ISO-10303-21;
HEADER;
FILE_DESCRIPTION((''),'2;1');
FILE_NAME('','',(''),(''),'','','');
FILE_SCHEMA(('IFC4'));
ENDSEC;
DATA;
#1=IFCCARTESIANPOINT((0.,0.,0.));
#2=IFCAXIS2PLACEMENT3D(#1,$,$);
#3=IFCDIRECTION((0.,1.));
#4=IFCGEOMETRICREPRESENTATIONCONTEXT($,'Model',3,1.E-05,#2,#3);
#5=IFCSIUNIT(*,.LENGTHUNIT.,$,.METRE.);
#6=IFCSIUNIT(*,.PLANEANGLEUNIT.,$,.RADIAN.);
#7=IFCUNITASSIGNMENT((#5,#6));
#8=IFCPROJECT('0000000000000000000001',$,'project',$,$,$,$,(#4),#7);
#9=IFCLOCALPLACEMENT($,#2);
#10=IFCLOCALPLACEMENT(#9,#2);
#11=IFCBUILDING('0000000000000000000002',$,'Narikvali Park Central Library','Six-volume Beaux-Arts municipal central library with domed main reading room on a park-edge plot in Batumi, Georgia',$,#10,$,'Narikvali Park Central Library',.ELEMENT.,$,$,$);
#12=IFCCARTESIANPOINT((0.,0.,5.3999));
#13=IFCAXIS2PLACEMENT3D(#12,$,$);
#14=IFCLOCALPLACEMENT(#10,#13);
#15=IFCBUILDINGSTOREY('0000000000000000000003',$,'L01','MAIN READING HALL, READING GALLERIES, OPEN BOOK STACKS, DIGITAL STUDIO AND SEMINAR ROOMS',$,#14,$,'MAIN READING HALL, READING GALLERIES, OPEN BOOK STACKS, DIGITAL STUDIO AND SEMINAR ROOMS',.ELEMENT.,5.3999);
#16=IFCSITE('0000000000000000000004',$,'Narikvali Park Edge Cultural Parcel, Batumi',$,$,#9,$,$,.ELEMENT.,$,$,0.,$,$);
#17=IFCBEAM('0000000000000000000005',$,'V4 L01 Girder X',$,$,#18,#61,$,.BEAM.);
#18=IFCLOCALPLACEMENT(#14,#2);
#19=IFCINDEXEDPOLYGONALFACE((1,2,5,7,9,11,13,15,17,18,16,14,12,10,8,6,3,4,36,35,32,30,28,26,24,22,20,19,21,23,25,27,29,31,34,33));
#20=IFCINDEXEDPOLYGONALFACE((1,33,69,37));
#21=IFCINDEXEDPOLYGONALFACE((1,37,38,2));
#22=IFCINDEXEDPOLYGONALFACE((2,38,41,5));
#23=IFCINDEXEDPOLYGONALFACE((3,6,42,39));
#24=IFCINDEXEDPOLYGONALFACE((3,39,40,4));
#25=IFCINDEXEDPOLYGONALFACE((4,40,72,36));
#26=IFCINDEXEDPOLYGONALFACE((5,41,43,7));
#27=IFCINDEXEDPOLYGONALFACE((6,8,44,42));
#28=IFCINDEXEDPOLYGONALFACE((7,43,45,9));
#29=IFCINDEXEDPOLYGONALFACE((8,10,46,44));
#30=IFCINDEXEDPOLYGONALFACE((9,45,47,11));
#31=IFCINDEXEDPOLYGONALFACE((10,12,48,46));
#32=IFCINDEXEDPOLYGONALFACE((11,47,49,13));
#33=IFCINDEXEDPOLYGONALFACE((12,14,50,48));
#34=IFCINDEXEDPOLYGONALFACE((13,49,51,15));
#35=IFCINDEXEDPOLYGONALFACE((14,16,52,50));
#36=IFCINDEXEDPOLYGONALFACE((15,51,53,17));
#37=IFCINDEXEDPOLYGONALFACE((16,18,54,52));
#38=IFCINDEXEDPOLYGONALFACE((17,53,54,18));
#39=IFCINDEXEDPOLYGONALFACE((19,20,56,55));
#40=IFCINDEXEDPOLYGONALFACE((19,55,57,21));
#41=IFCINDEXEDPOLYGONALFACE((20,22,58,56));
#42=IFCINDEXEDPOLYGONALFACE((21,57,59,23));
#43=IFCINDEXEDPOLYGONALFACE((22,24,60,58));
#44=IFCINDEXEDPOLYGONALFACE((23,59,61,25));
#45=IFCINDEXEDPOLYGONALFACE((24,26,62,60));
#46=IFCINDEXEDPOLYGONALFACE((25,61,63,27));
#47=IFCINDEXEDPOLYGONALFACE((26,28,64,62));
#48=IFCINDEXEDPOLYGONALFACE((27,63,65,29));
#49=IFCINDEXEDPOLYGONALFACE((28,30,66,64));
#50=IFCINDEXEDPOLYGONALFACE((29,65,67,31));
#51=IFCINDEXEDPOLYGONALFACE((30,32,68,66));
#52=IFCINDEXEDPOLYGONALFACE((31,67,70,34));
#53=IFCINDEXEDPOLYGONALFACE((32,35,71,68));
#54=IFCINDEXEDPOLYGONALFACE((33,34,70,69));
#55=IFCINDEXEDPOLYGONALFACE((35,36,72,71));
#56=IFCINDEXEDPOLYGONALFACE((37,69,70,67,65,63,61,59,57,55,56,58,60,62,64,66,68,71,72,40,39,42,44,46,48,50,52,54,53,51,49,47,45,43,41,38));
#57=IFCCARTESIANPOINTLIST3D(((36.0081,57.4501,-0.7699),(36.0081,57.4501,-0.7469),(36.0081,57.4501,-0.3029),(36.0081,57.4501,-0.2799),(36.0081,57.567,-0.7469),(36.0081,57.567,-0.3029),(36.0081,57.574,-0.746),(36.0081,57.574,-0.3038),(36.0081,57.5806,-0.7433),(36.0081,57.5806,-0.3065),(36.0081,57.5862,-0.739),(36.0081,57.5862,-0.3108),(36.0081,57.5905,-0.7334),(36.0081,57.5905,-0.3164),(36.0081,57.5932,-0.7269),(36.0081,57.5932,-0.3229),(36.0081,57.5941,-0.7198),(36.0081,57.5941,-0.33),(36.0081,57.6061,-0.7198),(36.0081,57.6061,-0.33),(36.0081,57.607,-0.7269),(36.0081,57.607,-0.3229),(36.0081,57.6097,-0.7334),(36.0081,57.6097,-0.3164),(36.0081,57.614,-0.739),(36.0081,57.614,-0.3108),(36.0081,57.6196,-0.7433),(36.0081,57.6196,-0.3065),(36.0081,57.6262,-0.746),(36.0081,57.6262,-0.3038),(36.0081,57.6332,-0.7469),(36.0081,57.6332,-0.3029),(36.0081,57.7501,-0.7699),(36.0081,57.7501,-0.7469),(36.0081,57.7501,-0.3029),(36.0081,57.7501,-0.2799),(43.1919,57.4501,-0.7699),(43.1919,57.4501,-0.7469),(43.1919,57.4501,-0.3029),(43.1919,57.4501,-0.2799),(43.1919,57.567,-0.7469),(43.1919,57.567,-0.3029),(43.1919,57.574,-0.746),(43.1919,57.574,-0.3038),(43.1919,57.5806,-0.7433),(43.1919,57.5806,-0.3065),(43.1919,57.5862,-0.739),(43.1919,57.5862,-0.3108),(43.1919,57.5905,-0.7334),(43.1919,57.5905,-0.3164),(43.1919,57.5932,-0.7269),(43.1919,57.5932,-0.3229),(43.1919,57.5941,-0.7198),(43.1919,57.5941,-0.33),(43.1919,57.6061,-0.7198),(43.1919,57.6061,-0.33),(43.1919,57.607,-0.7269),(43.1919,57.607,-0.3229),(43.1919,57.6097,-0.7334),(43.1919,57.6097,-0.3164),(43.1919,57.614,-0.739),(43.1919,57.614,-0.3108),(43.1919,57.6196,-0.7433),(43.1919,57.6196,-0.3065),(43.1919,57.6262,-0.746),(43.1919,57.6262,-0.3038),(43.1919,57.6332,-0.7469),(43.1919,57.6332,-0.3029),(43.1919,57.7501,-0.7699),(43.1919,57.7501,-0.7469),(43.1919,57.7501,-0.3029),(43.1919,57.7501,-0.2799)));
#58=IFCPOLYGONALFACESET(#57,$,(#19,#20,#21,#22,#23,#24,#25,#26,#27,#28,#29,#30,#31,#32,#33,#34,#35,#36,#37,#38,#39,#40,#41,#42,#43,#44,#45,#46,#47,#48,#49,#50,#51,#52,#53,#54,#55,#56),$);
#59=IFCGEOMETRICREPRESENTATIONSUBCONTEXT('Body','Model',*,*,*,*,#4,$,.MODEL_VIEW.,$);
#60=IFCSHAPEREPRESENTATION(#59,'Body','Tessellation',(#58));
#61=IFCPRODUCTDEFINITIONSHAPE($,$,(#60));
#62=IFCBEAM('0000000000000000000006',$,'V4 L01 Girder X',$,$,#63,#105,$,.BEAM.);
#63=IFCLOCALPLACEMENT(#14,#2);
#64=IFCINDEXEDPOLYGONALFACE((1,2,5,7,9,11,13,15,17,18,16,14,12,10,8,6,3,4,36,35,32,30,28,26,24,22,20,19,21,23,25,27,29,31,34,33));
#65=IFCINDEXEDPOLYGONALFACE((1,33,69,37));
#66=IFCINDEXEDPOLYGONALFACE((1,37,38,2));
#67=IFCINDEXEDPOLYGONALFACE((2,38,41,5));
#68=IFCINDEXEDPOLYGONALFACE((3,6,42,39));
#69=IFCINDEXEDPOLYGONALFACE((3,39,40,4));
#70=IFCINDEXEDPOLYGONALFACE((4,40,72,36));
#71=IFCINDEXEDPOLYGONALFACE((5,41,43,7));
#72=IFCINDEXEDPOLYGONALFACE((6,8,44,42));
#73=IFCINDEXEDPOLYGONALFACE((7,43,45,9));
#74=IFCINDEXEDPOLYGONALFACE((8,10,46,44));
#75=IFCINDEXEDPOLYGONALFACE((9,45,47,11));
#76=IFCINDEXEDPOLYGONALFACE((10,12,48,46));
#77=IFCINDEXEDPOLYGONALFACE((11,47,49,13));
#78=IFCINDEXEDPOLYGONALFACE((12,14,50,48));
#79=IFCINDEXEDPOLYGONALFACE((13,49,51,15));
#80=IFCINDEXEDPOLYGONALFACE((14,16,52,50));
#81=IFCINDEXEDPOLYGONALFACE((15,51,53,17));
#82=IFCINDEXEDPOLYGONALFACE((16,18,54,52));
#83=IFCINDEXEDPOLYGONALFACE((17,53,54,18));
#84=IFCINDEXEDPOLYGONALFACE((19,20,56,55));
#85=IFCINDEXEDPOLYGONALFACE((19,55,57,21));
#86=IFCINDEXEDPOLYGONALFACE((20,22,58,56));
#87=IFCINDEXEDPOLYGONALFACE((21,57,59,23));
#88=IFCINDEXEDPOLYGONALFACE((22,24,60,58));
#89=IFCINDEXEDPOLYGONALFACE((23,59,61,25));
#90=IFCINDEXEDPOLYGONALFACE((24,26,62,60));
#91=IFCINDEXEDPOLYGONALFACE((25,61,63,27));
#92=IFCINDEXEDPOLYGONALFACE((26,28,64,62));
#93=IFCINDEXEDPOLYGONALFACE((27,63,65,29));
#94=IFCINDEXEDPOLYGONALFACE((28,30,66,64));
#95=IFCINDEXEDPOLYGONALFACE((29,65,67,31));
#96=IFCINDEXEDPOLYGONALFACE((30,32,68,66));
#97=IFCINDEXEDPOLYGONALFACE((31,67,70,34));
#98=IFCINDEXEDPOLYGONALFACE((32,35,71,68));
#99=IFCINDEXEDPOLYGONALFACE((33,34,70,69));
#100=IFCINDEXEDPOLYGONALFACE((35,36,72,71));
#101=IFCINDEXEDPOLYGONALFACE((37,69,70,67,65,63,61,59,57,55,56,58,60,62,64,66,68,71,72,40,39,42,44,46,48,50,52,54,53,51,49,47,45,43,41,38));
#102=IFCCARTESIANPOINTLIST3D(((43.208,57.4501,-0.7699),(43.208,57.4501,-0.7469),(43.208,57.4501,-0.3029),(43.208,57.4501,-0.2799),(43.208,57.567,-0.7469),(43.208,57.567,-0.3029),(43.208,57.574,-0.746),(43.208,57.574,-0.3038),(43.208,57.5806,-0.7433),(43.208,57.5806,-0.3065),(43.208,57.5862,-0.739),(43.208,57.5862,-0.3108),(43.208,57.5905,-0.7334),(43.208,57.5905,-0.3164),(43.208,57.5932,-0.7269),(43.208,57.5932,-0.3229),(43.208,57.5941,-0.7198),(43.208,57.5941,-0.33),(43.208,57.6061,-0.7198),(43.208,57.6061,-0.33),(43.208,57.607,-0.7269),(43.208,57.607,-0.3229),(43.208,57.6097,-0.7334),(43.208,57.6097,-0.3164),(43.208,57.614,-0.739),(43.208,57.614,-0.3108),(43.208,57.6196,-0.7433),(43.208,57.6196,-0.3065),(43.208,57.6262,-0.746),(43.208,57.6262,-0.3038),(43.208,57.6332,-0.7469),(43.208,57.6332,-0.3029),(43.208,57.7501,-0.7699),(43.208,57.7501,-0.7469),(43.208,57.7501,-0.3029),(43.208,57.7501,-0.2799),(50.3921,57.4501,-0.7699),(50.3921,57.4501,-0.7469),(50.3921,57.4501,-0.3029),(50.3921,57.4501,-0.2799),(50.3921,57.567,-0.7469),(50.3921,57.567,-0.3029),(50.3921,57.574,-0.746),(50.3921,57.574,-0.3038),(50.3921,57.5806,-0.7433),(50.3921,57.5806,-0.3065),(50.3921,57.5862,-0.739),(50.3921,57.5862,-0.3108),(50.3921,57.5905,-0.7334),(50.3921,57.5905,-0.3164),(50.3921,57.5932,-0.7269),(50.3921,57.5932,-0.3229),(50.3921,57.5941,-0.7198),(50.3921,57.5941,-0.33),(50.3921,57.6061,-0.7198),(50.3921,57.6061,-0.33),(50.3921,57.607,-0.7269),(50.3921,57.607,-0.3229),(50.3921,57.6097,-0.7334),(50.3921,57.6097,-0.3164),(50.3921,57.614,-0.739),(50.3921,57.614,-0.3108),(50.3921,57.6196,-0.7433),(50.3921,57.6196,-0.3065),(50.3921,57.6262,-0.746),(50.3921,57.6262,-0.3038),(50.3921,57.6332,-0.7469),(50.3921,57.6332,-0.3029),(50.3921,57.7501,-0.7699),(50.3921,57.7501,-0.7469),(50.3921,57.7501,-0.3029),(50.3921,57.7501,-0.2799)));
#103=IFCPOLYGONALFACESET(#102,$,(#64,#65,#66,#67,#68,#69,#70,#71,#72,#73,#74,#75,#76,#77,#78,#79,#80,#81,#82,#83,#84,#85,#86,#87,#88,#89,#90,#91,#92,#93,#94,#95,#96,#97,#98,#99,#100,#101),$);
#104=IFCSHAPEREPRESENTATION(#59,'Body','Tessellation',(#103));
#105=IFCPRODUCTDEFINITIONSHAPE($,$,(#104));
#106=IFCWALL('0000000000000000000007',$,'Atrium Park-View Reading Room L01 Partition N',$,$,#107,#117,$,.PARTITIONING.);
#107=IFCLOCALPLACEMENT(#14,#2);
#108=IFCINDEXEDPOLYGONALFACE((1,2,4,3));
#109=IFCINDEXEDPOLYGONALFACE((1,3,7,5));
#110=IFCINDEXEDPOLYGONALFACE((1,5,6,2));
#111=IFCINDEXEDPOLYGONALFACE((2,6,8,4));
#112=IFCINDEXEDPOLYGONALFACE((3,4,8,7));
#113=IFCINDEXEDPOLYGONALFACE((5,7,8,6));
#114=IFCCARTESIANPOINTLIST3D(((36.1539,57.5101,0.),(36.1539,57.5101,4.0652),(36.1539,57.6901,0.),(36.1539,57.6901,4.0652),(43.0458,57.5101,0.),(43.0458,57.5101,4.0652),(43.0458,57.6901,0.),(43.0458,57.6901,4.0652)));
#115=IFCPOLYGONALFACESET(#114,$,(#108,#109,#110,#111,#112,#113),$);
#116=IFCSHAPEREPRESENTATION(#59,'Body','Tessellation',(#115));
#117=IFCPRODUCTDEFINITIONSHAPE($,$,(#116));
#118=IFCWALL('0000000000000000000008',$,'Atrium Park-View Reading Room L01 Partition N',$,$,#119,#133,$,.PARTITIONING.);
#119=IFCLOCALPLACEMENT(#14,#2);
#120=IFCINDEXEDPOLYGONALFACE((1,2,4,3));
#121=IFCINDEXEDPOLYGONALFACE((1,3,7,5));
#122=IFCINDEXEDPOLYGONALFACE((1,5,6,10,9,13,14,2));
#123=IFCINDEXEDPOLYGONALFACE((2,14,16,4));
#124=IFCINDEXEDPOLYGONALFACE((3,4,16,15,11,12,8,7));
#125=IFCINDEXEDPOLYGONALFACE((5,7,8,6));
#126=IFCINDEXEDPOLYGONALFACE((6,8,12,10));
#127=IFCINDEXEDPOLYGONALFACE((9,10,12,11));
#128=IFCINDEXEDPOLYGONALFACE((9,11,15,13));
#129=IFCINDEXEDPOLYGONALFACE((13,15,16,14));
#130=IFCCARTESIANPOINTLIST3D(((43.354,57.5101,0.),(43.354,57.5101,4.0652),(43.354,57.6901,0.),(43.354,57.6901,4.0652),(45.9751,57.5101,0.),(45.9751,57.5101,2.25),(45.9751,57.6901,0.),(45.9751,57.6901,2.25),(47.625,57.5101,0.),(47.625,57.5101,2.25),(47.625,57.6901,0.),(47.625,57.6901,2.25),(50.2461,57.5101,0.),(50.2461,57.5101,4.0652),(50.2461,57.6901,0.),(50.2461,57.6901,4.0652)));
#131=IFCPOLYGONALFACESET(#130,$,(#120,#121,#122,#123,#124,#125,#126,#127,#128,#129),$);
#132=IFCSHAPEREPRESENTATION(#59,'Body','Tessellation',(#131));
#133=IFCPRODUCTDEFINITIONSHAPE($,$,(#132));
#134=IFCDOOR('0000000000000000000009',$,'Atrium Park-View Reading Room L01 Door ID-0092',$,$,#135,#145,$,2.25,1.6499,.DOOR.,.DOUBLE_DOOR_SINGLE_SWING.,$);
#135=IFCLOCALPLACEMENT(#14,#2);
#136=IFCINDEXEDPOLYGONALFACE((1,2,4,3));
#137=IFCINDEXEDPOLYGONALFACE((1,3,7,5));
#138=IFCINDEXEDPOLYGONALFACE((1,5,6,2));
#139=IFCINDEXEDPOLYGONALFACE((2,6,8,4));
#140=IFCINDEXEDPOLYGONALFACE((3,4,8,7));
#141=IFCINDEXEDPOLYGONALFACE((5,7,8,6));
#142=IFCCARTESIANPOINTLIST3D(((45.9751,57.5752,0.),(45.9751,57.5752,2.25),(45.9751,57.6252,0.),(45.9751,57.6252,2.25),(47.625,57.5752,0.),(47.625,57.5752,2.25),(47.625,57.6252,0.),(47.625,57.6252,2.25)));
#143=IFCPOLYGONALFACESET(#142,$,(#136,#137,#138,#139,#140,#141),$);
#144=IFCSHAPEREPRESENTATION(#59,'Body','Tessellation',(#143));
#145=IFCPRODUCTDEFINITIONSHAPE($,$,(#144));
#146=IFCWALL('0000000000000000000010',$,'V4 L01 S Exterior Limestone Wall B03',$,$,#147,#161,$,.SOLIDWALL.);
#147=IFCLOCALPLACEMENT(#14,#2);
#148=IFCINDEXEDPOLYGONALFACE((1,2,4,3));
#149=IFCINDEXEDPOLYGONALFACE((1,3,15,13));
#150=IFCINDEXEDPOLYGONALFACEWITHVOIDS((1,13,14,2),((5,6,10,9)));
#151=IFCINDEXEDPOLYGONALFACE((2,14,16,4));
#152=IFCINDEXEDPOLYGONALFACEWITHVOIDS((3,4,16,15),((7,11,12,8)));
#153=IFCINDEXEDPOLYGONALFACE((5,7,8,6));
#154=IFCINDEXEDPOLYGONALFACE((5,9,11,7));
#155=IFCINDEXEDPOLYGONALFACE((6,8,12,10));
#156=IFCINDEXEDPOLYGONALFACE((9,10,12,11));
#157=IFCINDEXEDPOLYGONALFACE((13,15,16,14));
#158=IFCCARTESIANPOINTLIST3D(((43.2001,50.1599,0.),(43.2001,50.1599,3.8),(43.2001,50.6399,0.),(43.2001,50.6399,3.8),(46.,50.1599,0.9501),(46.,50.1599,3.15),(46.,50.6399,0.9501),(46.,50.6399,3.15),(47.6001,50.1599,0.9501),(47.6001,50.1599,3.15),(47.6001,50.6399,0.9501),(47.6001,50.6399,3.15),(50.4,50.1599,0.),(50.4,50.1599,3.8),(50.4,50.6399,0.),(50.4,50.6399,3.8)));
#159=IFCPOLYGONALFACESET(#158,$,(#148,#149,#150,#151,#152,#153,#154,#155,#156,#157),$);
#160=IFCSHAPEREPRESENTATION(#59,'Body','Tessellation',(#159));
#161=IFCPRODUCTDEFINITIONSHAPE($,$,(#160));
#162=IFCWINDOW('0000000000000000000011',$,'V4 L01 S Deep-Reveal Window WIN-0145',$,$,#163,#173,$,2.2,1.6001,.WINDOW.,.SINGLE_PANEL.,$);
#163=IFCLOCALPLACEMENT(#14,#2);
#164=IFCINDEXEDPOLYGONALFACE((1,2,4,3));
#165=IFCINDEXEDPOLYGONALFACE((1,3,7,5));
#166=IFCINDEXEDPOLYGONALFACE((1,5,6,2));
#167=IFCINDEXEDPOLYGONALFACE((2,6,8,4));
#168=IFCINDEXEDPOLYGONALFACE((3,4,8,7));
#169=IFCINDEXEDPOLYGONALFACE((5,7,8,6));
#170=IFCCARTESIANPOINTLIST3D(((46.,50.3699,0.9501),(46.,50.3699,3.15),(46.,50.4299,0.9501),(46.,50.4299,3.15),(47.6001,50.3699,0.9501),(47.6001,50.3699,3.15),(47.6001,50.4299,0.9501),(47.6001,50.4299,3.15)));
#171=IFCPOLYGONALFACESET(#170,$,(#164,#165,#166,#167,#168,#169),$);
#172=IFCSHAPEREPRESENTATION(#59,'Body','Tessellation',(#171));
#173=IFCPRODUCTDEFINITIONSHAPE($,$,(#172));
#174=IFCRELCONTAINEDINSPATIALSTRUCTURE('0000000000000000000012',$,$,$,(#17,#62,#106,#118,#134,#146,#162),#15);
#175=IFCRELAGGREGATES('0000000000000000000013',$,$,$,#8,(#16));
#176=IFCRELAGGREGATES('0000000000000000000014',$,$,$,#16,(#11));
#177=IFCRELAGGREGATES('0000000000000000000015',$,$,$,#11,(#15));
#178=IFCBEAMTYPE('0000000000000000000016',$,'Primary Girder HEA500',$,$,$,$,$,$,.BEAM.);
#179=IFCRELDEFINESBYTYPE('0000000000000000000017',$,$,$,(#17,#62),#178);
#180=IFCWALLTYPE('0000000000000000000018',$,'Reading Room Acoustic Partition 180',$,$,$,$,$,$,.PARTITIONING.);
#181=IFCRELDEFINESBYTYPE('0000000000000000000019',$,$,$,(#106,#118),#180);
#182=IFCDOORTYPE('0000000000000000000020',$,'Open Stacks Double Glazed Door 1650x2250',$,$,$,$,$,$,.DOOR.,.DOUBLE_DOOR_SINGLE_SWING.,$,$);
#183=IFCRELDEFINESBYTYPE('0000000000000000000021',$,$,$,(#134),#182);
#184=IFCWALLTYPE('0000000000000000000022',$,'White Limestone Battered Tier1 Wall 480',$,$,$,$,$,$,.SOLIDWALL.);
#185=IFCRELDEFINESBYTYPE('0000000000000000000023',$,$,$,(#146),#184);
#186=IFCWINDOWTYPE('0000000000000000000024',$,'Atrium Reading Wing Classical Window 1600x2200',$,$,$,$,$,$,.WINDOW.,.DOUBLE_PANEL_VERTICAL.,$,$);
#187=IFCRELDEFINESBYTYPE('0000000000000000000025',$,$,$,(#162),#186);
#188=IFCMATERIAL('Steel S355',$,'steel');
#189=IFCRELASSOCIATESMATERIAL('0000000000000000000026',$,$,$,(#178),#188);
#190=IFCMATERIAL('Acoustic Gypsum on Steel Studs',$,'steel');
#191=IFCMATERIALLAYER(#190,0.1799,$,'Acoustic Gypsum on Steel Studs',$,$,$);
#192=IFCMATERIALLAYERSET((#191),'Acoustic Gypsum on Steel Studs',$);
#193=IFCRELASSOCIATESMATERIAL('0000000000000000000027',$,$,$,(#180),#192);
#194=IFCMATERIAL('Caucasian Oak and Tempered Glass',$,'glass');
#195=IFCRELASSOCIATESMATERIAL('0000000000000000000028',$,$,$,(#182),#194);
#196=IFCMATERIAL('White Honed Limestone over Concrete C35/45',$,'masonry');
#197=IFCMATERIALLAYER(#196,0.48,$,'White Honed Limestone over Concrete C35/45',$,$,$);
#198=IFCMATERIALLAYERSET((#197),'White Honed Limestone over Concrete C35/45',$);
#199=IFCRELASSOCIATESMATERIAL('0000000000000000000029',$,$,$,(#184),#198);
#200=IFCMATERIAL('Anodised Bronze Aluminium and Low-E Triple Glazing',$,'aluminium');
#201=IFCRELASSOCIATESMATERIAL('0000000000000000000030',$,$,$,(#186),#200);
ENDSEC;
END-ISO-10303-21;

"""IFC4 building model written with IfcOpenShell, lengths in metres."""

from ifc_helpers import new_model, si_unit, direction, frame, frame_2d, origin, origin_2d, place, context, subcontext, project, spatial, rectangle, i_section, extrude, material, layer, layer_set, material_profile, profile_set, type_object, element, fill, save


model = new_model("IFC4")

# Units and contexts
model_context = context("Model", 3, precision=1e-05, world=origin(), true_north=direction((0.0, 1.0)))
body_context = subcontext(model_context, "Body", "Model", "MODEL_VIEW")
ifc_project = project(units=[si_unit("LENGTHUNIT", "METRE"), si_unit("PLANEANGLEUNIT", "RADIAN")], contexts=[model_context])

# Site, building, storey
site_placement = place(None, origin())
site = spatial("IfcSite", under=ifc_project, at=site_placement, Name="Narikvali Park Edge Cultural Parcel, Batumi", CompositionType="ELEMENT", RefElevation=0.0)
building_placement = place(site_placement, origin())
building = spatial("IfcBuilding", under=site, at=building_placement, Name="Narikvali Park Central Library", Description="Six-volume Beaux-Arts municipal central library with domed main reading room on a park-edge plot in Batumi, Georgia", LongName="Narikvali Park Central Library", CompositionType="ELEMENT")
storey_placement = place(building_placement, frame((0.0, 0.0, 5.3999)))
storey = spatial("IfcBuildingStorey", under=building, at=storey_placement, Name="L01", Description="MAIN READING HALL, READING GALLERIES, OPEN BOOK STACKS, DIGITAL STUDIO AND SEMINAR ROOMS", LongName="MAIN READING HALL, READING GALLERIES, OPEN BOOK STACKS, DIGITAL STUDIO AND SEMINAR ROOMS", CompositionType="ELEMENT", Elevation=5.3999)

# Shared definitions
ifc_material_1 = material(Name="Steel S355", Category="steel")

# Beams
ifc_material_profile_1 = material_profile(ifc_material_1, i_section(OverallWidth=0.3, OverallDepth=0.49, WebThickness=0.012, FlangeThickness=0.0229, FilletRadius=0.0271, at=origin_2d()), Name="HEA 500")
ifc_profile_set_1 = profile_set([ifc_material_profile_1], Name="Steel S355")
beam_type_1 = type_object("IfcBeamType", Name="Primary Girder HEA500", PredefinedType="BEAM", material=ifc_profile_set_1)
beam_1_placement = place(storey_placement, frame((36.0081, 57.6001, -0.5249), z_axis=(1.0, 0.0, 0.0), x_axis=(0.0, 1.0, 0.0)))
element("IfcBeam", 1, at=beam_1_placement, inside=storey, type_object=beam_type_1, Name="V4 L01 Girder X", PredefinedType="BEAM", context=body_context, shape_type="SweptSolid", body=[
    extrude(i_section(OverallWidth=0.3, OverallDepth=0.49, WebThickness=0.012, FlangeThickness=0.0229, FilletRadius=0.0271, at=origin_2d()), origin(), (0.0, 0.0, 1.0), 7.1838),
])
beam_2_placement = place(storey_placement, frame((43.208, 57.6001, -0.5249), z_axis=(1.0, 0.0, 0.0), x_axis=(0.0, 1.0, 0.0)))
element("IfcBeam", 2, at=beam_2_placement, inside=storey, type_object=beam_type_1, Name="V4 L01 Girder X", PredefinedType="BEAM", context=body_context, shape_type="SweptSolid", body=[
    extrude(i_section(OverallWidth=0.3, OverallDepth=0.49, WebThickness=0.012, FlangeThickness=0.0229, FilletRadius=0.0271, at=origin_2d()), origin(), (0.0, 0.0, 1.0), 7.1841),
])

# Wall
ifc_material_2 = material(Name="Acoustic Gypsum on Steel Studs", Category="steel")
ifc_layer_1 = layer(ifc_material_2, 0.1799, Name="Acoustic Gypsum on Steel Studs")
ifc_layer_set_1 = layer_set([ifc_layer_1], Name="Acoustic Gypsum on Steel Studs")
wall_type_1 = type_object("IfcWallType", Name="Reading Room Acoustic Partition 180", PredefinedType="PARTITIONING", material=ifc_layer_set_1)
wall_1_placement = place(storey_placement, frame((36.1541, 57.6001, 0.0), z_axis=(0.0, 0.0, 1.0), x_axis=(1.0, 0.0, 0.0)))
element("IfcWall", 3, at=wall_1_placement, inside=storey, type_object=wall_type_1, Name="Atrium Park-View Reading Room L01 Partition N", PredefinedType="PARTITIONING", context=body_context, shape_type="SweptSolid", body=[
    extrude(rectangle(XDim=6.8918, YDim=0.1799, at=frame_2d((3.4458, 0.0))), origin(), (0.0, 0.0, 1.0), 4.0652),
])

# Wall, opening, door
wall_2_placement = place(storey_placement, frame((43.354, 57.6001, 0.0), z_axis=(0.0, 0.0, 1.0), x_axis=(1.0, 0.0, 0.0)))
wall_2 = element("IfcWall", 4, at=wall_2_placement, inside=storey, type_object=wall_type_1, Name="Atrium Park-View Reading Room L01 Partition N", PredefinedType="PARTITIONING", context=body_context, shape_type="SweptSolid", body=[
    extrude(rectangle(XDim=6.8921, YDim=0.1799, at=frame_2d((3.446, 0.0))), origin(), (0.0, 0.0, 1.0), 4.0652),
])
opening_1_placement = place(wall_2_placement, frame((2.6211, 0.0, 0.0)))
opening_1 = element("IfcOpeningElement", 5, at=opening_1_placement, cuts=wall_2, PredefinedType="OPENING", context=body_context, shape_type="SweptSolid", body=[
    extrude(rectangle(XDim=1.6499, YDim=2.25, at=frame_2d((0.825, 1.125))), frame((0.0, 0.1021, 0.0), z_axis=(0.0, -1.0, 0.0), x_axis=(1.0, 0.0, 0.0)), (0.0, 0.0, 1.0), 0.2039),
])
ifc_material_3 = material(Name="Caucasian Oak and Tempered Glass", Category="glass")
door_type = type_object("IfcDoorType", Name="Open Stacks Double Glazed Door 1650x2250", OperationType="DOUBLE_DOOR_SINGLE_SWING", PredefinedType="DOOR", material=ifc_material_3)
door_placement = place(opening_1_placement, frame((1.6499, 0.0, 0.0), z_axis=(0.0, 0.0, 1.0), x_axis=(-1.0, 0.0, 0.0)))
door = element("IfcDoor", 6, at=door_placement, inside=storey, type_object=door_type, Name="Atrium Park-View Reading Room L01 Door ID-0092", OperationType="DOUBLE_DOOR_SINGLE_SWING", OverallHeight=2.25, OverallWidth=1.6499, PredefinedType="DOOR", context=body_context, shape_type="SweptSolid", body=[
    extrude(rectangle(XDim=1.6499, YDim=2.25, at=frame_2d((0.825, 1.125))), frame((0.0, 0.0249, 0.0), z_axis=(0.0, -1.0, 0.0), x_axis=(1.0, 0.0, 0.0)), (0.0, 0.0, 1.0), 0.05),
])
fill(opening_1, door)

# Wall, opening, window
ifc_material_4 = material(Name="White Honed Limestone over Concrete C35/45", Category="masonry")
ifc_layer_2 = layer(ifc_material_4, 0.48, Name="White Honed Limestone over Concrete C35/45")
ifc_layer_set_2 = layer_set([ifc_layer_2], Name="White Honed Limestone over Concrete C35/45")
wall_type_2 = type_object("IfcWallType", Name="White Limestone Battered Tier1 Wall 480", PredefinedType="SOLIDWALL", material=ifc_layer_set_2)
wall_3_placement = place(storey_placement, frame((43.2, 50.3999, 0.0), z_axis=(0.0, 0.0, 1.0), x_axis=(1.0, 0.0, 0.0)))
wall_3 = element("IfcWall", 7, at=wall_3_placement, inside=storey, type_object=wall_type_2, Name="V4 L01 S Exterior Limestone Wall B03", PredefinedType="SOLIDWALL", context=body_context, shape_type="SweptSolid", body=[
    extrude(rectangle(XDim=7.2, YDim=0.48, at=frame_2d((3.6001, 0.0))), origin(), (0.0, 0.0, 1.0), 3.8),
])
opening_2_placement = place(wall_3_placement, frame((2.8, 0.0, 0.95)))
opening_2 = element("IfcOpeningElement", 8, at=opening_2_placement, cuts=wall_3, PredefinedType="OPENING", context=body_context, shape_type="SweptSolid", body=[
    extrude(rectangle(XDim=1.6001, YDim=2.2, at=frame_2d((0.8, 1.1001))), frame((0.0, 0.252, 0.0), z_axis=(0.0, -1.0, 0.0), x_axis=(1.0, 0.0, 0.0)), (0.0, 0.0, 1.0), 0.5039),
])
ifc_material_5 = material(Name="Anodised Bronze Aluminium and Low-E Triple Glazing", Category="aluminium")
window_type = type_object("IfcWindowType", Name="Atrium Reading Wing Classical Window 1600x2200", PartitioningType="DOUBLE_PANEL_VERTICAL", PredefinedType="WINDOW", material=ifc_material_5)
window_placement = place(opening_2_placement, origin())
window = element("IfcWindow", 9, at=window_placement, inside=storey, type_object=window_type, Name="V4 L01 S Deep-Reveal Window WIN-0145", OverallHeight=2.2, OverallWidth=1.6001, PartitioningType="SINGLE_PANEL", PredefinedType="WINDOW", context=body_context, shape_type="SweptSolid", body=[
    extrude(rectangle(XDim=1.6001, YDim=2.2, at=frame_2d((0.8, 1.1001))), frame((0.0, 0.03, 0.0), z_axis=(0.0, -1.0, 0.0), x_axis=(1.0, 0.0, 0.0)), (0.0, 0.0, 1.0), 0.0601),
])
fill(opening_2, window)

save(model, "model.ifc")
